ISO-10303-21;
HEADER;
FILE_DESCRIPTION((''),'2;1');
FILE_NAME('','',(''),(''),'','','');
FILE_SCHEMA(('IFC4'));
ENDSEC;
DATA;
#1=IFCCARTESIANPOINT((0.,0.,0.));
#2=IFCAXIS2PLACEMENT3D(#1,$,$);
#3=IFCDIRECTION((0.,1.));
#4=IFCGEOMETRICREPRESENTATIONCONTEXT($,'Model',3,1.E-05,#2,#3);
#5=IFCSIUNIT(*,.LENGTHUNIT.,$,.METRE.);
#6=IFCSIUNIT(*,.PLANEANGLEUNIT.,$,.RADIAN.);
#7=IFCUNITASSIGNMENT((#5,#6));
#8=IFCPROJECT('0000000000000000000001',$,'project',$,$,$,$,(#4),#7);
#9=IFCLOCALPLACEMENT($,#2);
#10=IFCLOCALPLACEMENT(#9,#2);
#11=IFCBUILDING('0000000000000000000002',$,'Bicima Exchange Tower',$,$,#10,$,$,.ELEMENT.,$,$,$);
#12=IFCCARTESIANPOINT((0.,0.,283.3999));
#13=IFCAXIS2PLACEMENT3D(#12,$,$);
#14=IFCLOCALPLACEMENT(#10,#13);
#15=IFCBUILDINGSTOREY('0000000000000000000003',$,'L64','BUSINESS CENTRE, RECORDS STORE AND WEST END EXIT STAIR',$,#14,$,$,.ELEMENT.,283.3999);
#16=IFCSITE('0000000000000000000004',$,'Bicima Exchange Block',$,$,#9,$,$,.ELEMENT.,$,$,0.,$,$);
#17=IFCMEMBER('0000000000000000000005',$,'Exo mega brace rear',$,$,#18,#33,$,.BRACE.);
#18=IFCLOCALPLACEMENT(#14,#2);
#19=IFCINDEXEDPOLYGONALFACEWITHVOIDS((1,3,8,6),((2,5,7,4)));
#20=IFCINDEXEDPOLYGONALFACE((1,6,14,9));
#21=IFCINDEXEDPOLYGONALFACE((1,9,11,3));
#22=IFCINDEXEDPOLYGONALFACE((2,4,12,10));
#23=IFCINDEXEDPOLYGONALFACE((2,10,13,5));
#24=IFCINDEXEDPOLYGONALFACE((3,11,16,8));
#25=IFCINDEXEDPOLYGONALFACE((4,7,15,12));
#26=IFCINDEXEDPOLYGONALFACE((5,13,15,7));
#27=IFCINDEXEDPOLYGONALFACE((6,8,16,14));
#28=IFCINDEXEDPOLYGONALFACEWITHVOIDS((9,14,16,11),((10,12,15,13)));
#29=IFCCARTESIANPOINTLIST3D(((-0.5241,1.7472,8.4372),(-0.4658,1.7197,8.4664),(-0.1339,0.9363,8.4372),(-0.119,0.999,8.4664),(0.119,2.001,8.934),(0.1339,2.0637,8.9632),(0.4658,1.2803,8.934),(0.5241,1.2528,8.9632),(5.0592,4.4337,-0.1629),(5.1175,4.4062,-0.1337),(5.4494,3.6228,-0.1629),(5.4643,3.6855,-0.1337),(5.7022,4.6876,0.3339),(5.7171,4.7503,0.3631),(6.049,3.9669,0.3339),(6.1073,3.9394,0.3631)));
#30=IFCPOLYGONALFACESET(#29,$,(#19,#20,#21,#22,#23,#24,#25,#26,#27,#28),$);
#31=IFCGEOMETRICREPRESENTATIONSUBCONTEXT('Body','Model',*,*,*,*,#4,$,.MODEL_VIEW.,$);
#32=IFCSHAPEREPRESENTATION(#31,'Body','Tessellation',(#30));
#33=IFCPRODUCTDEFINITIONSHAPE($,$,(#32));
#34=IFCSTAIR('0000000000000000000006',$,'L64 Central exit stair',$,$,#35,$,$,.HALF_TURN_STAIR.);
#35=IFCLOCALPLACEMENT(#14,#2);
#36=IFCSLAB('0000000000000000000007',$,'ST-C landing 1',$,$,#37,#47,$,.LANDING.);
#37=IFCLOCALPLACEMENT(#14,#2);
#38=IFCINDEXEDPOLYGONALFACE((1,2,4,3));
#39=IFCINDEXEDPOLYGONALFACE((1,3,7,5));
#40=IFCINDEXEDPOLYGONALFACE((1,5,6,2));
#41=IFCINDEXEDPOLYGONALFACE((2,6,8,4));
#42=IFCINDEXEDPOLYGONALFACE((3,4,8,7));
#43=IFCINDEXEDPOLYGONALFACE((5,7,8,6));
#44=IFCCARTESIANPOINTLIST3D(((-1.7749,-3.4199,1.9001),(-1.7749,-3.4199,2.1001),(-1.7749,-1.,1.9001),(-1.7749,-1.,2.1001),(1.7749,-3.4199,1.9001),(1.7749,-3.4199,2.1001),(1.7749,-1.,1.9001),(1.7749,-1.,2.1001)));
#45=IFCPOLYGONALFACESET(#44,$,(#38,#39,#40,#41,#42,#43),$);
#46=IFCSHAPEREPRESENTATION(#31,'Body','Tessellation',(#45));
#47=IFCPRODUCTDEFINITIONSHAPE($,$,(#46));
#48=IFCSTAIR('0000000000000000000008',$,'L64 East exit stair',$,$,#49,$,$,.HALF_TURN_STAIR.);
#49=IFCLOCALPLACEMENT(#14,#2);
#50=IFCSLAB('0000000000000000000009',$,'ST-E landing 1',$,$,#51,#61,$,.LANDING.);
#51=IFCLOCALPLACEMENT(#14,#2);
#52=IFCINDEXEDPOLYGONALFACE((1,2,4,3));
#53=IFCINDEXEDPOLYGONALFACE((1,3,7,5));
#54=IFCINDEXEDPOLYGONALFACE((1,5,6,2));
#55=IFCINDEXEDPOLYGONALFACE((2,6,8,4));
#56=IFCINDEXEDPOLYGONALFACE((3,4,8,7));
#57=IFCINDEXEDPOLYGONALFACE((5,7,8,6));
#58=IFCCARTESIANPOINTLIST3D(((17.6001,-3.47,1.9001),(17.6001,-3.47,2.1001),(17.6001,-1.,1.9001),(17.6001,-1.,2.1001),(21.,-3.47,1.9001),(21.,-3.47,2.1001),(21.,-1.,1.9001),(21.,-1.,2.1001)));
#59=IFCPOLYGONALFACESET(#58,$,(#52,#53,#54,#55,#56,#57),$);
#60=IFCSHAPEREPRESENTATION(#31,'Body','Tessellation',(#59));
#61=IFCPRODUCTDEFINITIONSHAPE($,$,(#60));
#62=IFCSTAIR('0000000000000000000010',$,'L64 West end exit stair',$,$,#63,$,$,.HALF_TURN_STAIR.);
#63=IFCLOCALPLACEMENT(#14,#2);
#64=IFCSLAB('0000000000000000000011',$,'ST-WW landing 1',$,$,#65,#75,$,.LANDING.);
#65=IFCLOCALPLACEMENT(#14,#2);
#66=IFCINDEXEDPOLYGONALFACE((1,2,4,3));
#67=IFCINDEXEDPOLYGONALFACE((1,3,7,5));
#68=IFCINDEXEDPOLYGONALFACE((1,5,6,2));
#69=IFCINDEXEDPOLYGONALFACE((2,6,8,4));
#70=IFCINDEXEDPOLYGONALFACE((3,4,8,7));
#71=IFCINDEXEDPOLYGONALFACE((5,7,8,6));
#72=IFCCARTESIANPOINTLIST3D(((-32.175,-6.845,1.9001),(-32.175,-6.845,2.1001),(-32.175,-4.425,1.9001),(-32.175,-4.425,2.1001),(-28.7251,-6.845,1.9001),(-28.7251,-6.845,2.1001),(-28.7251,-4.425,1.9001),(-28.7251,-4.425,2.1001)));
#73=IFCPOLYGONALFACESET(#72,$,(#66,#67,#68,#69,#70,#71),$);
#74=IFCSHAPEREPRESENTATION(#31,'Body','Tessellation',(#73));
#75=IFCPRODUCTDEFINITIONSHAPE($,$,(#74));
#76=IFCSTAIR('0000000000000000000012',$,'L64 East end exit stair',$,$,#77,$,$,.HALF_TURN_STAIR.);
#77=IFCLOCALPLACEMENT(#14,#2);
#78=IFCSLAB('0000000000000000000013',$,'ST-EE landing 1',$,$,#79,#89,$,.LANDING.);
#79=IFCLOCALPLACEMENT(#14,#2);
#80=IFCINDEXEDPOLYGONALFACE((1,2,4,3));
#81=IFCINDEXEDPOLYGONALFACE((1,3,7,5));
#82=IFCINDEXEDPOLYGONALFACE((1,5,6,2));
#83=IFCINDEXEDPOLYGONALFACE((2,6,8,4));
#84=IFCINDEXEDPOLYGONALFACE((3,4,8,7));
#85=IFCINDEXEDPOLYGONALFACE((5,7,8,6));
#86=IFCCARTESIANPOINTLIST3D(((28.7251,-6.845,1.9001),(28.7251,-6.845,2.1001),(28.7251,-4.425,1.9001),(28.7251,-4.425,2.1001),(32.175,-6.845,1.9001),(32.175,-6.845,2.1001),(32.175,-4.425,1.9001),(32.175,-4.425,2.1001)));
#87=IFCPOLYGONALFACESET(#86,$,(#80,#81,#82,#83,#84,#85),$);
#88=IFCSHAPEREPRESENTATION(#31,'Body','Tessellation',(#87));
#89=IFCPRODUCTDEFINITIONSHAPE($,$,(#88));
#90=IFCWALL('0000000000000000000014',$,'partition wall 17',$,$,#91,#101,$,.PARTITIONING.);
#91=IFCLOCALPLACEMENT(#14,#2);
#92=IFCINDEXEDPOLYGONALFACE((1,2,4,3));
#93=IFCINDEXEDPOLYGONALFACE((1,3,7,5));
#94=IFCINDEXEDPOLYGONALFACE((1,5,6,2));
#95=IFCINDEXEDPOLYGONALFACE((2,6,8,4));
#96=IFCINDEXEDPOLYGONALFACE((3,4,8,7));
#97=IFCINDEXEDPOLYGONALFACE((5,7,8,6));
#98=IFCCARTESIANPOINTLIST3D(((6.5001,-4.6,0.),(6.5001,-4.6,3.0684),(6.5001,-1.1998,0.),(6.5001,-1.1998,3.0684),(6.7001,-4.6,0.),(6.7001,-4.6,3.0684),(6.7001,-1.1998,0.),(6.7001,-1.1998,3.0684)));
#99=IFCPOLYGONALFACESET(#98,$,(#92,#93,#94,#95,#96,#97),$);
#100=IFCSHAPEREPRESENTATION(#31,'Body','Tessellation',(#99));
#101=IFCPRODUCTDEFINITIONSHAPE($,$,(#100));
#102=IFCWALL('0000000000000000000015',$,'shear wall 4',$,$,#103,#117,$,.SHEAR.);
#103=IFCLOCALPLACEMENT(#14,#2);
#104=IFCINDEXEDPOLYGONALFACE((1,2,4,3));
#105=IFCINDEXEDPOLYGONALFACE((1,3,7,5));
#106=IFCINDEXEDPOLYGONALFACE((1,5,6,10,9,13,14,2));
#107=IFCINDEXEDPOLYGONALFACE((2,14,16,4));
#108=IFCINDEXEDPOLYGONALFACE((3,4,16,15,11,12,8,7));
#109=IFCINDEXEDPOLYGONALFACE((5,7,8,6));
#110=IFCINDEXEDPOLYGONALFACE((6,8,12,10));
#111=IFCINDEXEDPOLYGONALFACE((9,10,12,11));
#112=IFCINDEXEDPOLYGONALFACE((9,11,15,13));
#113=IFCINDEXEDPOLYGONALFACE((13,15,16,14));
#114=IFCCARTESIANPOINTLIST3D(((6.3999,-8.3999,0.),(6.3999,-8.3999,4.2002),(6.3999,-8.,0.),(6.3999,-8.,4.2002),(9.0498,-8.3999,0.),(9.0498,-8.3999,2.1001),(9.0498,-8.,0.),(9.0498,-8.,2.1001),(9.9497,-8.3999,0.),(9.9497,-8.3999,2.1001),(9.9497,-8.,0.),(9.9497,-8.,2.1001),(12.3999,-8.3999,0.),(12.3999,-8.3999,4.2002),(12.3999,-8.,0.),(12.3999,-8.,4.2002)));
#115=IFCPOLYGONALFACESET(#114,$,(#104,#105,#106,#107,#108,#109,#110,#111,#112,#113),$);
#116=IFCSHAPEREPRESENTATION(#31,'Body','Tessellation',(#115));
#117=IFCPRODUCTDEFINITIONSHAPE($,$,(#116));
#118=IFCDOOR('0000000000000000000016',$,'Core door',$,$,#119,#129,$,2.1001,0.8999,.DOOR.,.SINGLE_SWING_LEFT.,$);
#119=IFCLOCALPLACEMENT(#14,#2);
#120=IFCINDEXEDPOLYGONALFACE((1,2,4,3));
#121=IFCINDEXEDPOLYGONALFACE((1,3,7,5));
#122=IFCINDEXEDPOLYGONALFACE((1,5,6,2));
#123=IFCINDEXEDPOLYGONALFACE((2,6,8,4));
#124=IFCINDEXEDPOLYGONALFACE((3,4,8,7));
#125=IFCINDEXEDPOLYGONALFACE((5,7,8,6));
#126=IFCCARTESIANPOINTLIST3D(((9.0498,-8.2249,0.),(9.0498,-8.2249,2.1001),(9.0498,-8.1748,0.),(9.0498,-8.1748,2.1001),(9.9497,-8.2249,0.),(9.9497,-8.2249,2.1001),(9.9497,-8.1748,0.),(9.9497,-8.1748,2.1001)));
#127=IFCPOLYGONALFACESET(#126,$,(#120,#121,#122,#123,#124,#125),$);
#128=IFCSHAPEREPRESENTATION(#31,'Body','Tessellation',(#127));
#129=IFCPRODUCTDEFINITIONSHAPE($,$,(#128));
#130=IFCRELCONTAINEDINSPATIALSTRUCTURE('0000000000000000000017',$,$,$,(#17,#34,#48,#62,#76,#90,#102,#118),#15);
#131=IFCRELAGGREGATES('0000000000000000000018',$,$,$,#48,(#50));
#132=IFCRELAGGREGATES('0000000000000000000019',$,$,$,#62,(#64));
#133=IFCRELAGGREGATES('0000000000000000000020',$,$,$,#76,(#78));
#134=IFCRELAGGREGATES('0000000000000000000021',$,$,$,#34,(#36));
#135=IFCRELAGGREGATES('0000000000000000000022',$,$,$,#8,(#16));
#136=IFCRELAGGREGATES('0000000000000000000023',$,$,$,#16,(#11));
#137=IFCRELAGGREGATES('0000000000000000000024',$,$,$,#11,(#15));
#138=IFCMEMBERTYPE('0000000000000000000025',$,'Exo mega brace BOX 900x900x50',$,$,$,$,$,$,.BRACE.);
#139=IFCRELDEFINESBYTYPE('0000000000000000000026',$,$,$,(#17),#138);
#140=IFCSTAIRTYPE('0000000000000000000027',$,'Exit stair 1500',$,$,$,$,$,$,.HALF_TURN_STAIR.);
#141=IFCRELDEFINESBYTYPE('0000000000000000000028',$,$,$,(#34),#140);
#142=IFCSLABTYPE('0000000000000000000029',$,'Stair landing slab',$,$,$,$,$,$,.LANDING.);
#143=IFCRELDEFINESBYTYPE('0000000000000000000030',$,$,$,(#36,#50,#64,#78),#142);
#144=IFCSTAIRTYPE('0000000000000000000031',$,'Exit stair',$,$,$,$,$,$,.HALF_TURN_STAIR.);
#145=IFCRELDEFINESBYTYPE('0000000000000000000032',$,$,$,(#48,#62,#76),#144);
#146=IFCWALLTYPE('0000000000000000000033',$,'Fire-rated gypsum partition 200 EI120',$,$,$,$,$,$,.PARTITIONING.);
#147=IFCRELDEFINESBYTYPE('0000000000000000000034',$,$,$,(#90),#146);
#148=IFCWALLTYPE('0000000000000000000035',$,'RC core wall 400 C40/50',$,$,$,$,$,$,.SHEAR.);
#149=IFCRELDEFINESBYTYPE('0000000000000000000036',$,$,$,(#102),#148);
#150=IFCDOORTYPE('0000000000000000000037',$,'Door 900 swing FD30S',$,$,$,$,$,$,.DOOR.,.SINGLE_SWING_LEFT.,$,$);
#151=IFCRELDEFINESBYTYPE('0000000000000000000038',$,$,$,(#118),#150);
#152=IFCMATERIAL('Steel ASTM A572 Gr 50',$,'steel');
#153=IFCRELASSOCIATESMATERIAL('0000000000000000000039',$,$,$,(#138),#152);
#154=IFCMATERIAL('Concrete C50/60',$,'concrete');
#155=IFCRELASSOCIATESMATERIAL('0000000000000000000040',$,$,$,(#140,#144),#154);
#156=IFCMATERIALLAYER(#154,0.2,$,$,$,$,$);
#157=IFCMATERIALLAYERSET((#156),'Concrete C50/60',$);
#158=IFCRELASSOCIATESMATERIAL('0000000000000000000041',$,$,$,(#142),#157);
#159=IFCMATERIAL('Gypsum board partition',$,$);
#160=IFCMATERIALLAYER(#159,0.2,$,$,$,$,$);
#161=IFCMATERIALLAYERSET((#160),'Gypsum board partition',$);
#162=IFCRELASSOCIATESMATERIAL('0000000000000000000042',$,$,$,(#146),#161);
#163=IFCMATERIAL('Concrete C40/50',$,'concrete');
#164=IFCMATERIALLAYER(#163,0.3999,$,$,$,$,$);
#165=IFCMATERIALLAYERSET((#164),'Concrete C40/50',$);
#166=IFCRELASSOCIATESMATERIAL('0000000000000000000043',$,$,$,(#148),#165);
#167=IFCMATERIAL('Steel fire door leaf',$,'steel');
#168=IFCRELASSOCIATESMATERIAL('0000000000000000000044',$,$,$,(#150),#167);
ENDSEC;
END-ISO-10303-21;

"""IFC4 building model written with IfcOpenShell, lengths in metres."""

from ifc_helpers import new_model, si_unit, direction, frame, frame_2d, origin, origin_2d, place, context, subcontext, project, spatial, polyline, rectangle, hollow_rectangle, outline, extrude, material, layer, layer_set, material_profile, profile_set, type_object, element, fill, aggregate, save


model = new_model("IFC4")

# Units and contexts
model_context = context("Model", 3, precision=1e-05, world=origin(), true_north=direction((0.0, 1.0)))
body_context = subcontext(model_context, "Body", "Model", "MODEL_VIEW")
ifc_project = project(units=[si_unit("LENGTHUNIT", "METRE"), si_unit("PLANEANGLEUNIT", "RADIAN")], contexts=[model_context])

# Site, building, storey
site_placement = place(None, origin())
site = spatial("IfcSite", under=ifc_project, at=site_placement, Name="Bicima Exchange Block", CompositionType="ELEMENT", RefElevation=0.0)
building_placement = place(site_placement, origin())
building = spatial("IfcBuilding", under=site, at=building_placement, Name="Bicima Exchange Tower", CompositionType="ELEMENT")
storey_placement = place(building_placement, frame((0.0, 0.0, 283.3999)))
storey = spatial("IfcBuildingStorey", under=building, at=storey_placement, Name="L64", Description="BUSINESS CENTRE, RECORDS STORE AND WEST END EXIT STAIR", CompositionType="ELEMENT", Elevation=283.3999)

# Member
ifc_material_1 = material(Name="Steel ASTM A572 Gr 50", Category="steel")
ifc_material_profile = material_profile(ifc_material_1, hollow_rectangle(XDim=0.8999, YDim=0.8999, WallThickness=0.05, at=origin_2d()))
ifc_profile_set = profile_set([ifc_material_profile], Name="Steel ASTM A572 Gr 50")
member_type = type_object("IfcMemberType", Name="Exo mega brace BOX 900x900x50", PredefinedType="BRACE", material=ifc_profile_set)
member_placement = place(storey_placement, frame((5.5833, 4.1865, 0.1001), z_axis=(-0.526741, -0.253455, 0.81136), x_axis=(0.433592, -0.901109, 0.0)))
element("IfcMember", 1, at=member_placement, inside=storey, type_object=member_type, Name="Exo mega brace rear", PredefinedType="BRACE", context=body_context, shape_type="SweptSolid", body=[
    extrude(hollow_rectangle(XDim=0.8999, YDim=0.8999, WallThickness=0.05, at=origin_2d()), origin(), (0.0, 0.0, 1.0), 10.5996),
])

# Stairs, slabs
ifc_material_2 = material(Name="Concrete C50/60", Category="concrete")
stair_type_1 = type_object("IfcStairType", Name="Exit stair 1500", PredefinedType="HALF_TURN_STAIR", material=ifc_material_2)
stair_1_placement = place(storey_placement, origin())
stair_1 = element("IfcStair", 2, at=stair_1_placement, inside=storey, type_object=stair_type_1, Name="L64 Central exit stair", PredefinedType="HALF_TURN_STAIR")
ifc_layer_1 = layer(ifc_material_2, 0.2)
ifc_layer_set_1 = layer_set([ifc_layer_1], Name="Concrete C50/60")
slab_type = type_object("IfcSlabType", Name="Stair landing slab", PredefinedType="LANDING", material=ifc_layer_set_1)
slab_1_placement = place(storey_placement, frame((0.0, 0.0, 1.9001)))
slab_1 = element("IfcSlab", 3, at=slab_1_placement, type_object=slab_type, Name="ST-C landing 1", PredefinedType="LANDING", context=body_context, shape_type="SweptSolid", body=[
    extrude(outline(polyline([(1.7749, -3.4199), (1.7749, -1.0), (-1.7749, -1.0), (-1.7749, -3.4199), (1.7749, -3.4199)])), origin(), (0.0, 0.0, 1.0), 0.2),
])
stair_type_2 = type_object("IfcStairType", Name="Exit stair", PredefinedType="HALF_TURN_STAIR", material=ifc_material_2)
stair_2_placement = place(storey_placement, origin())
stair_2 = element("IfcStair", 4, at=stair_2_placement, inside=storey, type_object=stair_type_2, Name="L64 East exit stair", PredefinedType="HALF_TURN_STAIR")
slab_2_placement = place(storey_placement, frame((0.0, 0.0, 1.9001)))
slab_2 = element("IfcSlab", 5, at=slab_2_placement, type_object=slab_type, Name="ST-E landing 1", PredefinedType="LANDING", context=body_context, shape_type="SweptSolid", body=[
    extrude(outline(polyline([(21.0, -3.47), (21.0, -1.0), (17.6001, -1.0), (17.6001, -3.47), (21.0, -3.47)])), origin(), (0.0, 0.0, 1.0), 0.2),
])
aggregate(stair_2, [slab_2])
stair_3_placement = place(storey_placement, origin())
stair_3 = element("IfcStair", 6, at=stair_3_placement, inside=storey, type_object=stair_type_2, Name="L64 West end exit stair", PredefinedType="HALF_TURN_STAIR")
slab_3_placement = place(storey_placement, frame((0.0, 0.0, 1.9001)))
slab_3 = element("IfcSlab", 7, at=slab_3_placement, type_object=slab_type, Name="ST-WW landing 1", PredefinedType="LANDING", context=body_context, shape_type="SweptSolid", body=[
    extrude(outline(polyline([(-28.7251, -6.845), (-28.7251, -4.425), (-32.175, -4.425), (-32.175, -6.845), (-28.7251, -6.845)])), origin(), (0.0, 0.0, 1.0), 0.2),
])
aggregate(stair_3, [slab_3])
stair_4_placement = place(storey_placement, origin())
stair_4 = element("IfcStair", 8, at=stair_4_placement, inside=storey, type_object=stair_type_2, Name="L64 East end exit stair", PredefinedType="HALF_TURN_STAIR")
slab_4_placement = place(storey_placement, frame((0.0, 0.0, 1.9001)))
slab_4 = element("IfcSlab", 9, at=slab_4_placement, type_object=slab_type, Name="ST-EE landing 1", PredefinedType="LANDING", context=body_context, shape_type="SweptSolid", body=[
    extrude(outline(polyline([(32.175, -6.845), (32.175, -4.425), (28.7251, -4.425), (28.7251, -6.845), (32.175, -6.845)])), origin(), (0.0, 0.0, 1.0), 0.2),
])
aggregate(stair_4, [slab_4])

# Wall
ifc_material_3 = material(Name="Gypsum board partition")
ifc_layer_2 = layer(ifc_material_3, 0.2)
ifc_layer_set_2 = layer_set([ifc_layer_2], Name="Gypsum board partition")
wall_type_1 = type_object("IfcWallType", Name="Fire-rated gypsum partition 200 EI120", PredefinedType="PARTITIONING", material=ifc_layer_set_2)
wall_1_placement = place(storey_placement, frame((6.6001, -4.6001, 0.0), z_axis=(0.0, 0.0, 1.0), x_axis=(0.0, 1.0, 0.0)))
element("IfcWall", 10, at=wall_1_placement, inside=storey, type_object=wall_type_1, Name="partition wall 17", PredefinedType="PARTITIONING", context=body_context, shape_type="SweptSolid", body=[
    extrude(rectangle(XDim=3.4001, YDim=0.2, at=frame_2d((1.7002, 0.0))), origin(), (0.0, 0.0, 1.0), 3.0684),
])

# Wall, opening, door
ifc_material_4 = material(Name="Concrete C40/50", Category="concrete")
ifc_layer_3 = layer(ifc_material_4, 0.3999)
ifc_layer_set_3 = layer_set([ifc_layer_3], Name="Concrete C40/50")
wall_type_2 = type_object("IfcWallType", Name="RC core wall 400 C40/50", PredefinedType="SHEAR", material=ifc_layer_set_3)
wall_2_placement = place(storey_placement, frame((6.3999, -8.2, 0.0), z_axis=(0.0, 0.0, 1.0), x_axis=(1.0, 0.0, 0.0)))
wall_2 = element("IfcWall", 11, at=wall_2_placement, inside=storey, type_object=wall_type_2, Name="shear wall 4", PredefinedType="SHEAR", context=body_context, shape_type="SweptSolid", body=[
    extrude(rectangle(XDim=6.0, YDim=0.3999, at=frame_2d((3.0, 0.0))), origin(), (0.0, 0.0, 1.0), 4.2002),
])
opening_1_placement = place(wall_2_placement, frame((2.6499, 0.0, 0.0)))
opening_1 = element("IfcOpeningElement", 12, at=opening_1_placement, cuts=wall_2, PredefinedType="OPENING", context=body_context, shape_type="SweptSolid", body=[
    extrude(rectangle(XDim=0.8999, YDim=2.1001, at=frame_2d((0.45, 1.05))), frame((0.0, 0.2119, 0.0), z_axis=(0.0, -1.0, 0.0), x_axis=(1.0, 0.0, 0.0)), (0.0, 0.0, 1.0), 0.4238),
])
ifc_material_5 = material(Name="Steel fire door leaf", Category="steel")
door_type_1 = type_object("IfcDoorType", Name="Door 900 swing FD30S", OperationType="SINGLE_SWING_LEFT", PredefinedType="DOOR", material=ifc_material_5)
door_1_placement = place(opening_1_placement, frame((0.8999, 0.0, 0.0), z_axis=(0.0, 0.0, 1.0), x_axis=(-1.0, 0.0, 0.0)))
door_1 = element("IfcDoor", 13, at=door_1_placement, inside=storey, type_object=door_type_1, Name="Core door", OperationType="SINGLE_SWING_LEFT", OverallHeight=2.1001, OverallWidth=0.8999, PredefinedType="DOOR", context=body_context, shape_type="SweptSolid", body=[
    extrude(rectangle(XDim=0.8999, YDim=2.1001, at=frame_2d((0.45, 1.05))), frame((0.0, 0.0249, 0.0), z_axis=(0.0, -1.0, 0.0), x_axis=(1.0, 0.0, 0.0)), (0.0, 0.0, 1.0), 0.05),
])
fill(opening_1, door_1)

aggregate(stair_1, [slab_1])

save(model, "model.ifc")
